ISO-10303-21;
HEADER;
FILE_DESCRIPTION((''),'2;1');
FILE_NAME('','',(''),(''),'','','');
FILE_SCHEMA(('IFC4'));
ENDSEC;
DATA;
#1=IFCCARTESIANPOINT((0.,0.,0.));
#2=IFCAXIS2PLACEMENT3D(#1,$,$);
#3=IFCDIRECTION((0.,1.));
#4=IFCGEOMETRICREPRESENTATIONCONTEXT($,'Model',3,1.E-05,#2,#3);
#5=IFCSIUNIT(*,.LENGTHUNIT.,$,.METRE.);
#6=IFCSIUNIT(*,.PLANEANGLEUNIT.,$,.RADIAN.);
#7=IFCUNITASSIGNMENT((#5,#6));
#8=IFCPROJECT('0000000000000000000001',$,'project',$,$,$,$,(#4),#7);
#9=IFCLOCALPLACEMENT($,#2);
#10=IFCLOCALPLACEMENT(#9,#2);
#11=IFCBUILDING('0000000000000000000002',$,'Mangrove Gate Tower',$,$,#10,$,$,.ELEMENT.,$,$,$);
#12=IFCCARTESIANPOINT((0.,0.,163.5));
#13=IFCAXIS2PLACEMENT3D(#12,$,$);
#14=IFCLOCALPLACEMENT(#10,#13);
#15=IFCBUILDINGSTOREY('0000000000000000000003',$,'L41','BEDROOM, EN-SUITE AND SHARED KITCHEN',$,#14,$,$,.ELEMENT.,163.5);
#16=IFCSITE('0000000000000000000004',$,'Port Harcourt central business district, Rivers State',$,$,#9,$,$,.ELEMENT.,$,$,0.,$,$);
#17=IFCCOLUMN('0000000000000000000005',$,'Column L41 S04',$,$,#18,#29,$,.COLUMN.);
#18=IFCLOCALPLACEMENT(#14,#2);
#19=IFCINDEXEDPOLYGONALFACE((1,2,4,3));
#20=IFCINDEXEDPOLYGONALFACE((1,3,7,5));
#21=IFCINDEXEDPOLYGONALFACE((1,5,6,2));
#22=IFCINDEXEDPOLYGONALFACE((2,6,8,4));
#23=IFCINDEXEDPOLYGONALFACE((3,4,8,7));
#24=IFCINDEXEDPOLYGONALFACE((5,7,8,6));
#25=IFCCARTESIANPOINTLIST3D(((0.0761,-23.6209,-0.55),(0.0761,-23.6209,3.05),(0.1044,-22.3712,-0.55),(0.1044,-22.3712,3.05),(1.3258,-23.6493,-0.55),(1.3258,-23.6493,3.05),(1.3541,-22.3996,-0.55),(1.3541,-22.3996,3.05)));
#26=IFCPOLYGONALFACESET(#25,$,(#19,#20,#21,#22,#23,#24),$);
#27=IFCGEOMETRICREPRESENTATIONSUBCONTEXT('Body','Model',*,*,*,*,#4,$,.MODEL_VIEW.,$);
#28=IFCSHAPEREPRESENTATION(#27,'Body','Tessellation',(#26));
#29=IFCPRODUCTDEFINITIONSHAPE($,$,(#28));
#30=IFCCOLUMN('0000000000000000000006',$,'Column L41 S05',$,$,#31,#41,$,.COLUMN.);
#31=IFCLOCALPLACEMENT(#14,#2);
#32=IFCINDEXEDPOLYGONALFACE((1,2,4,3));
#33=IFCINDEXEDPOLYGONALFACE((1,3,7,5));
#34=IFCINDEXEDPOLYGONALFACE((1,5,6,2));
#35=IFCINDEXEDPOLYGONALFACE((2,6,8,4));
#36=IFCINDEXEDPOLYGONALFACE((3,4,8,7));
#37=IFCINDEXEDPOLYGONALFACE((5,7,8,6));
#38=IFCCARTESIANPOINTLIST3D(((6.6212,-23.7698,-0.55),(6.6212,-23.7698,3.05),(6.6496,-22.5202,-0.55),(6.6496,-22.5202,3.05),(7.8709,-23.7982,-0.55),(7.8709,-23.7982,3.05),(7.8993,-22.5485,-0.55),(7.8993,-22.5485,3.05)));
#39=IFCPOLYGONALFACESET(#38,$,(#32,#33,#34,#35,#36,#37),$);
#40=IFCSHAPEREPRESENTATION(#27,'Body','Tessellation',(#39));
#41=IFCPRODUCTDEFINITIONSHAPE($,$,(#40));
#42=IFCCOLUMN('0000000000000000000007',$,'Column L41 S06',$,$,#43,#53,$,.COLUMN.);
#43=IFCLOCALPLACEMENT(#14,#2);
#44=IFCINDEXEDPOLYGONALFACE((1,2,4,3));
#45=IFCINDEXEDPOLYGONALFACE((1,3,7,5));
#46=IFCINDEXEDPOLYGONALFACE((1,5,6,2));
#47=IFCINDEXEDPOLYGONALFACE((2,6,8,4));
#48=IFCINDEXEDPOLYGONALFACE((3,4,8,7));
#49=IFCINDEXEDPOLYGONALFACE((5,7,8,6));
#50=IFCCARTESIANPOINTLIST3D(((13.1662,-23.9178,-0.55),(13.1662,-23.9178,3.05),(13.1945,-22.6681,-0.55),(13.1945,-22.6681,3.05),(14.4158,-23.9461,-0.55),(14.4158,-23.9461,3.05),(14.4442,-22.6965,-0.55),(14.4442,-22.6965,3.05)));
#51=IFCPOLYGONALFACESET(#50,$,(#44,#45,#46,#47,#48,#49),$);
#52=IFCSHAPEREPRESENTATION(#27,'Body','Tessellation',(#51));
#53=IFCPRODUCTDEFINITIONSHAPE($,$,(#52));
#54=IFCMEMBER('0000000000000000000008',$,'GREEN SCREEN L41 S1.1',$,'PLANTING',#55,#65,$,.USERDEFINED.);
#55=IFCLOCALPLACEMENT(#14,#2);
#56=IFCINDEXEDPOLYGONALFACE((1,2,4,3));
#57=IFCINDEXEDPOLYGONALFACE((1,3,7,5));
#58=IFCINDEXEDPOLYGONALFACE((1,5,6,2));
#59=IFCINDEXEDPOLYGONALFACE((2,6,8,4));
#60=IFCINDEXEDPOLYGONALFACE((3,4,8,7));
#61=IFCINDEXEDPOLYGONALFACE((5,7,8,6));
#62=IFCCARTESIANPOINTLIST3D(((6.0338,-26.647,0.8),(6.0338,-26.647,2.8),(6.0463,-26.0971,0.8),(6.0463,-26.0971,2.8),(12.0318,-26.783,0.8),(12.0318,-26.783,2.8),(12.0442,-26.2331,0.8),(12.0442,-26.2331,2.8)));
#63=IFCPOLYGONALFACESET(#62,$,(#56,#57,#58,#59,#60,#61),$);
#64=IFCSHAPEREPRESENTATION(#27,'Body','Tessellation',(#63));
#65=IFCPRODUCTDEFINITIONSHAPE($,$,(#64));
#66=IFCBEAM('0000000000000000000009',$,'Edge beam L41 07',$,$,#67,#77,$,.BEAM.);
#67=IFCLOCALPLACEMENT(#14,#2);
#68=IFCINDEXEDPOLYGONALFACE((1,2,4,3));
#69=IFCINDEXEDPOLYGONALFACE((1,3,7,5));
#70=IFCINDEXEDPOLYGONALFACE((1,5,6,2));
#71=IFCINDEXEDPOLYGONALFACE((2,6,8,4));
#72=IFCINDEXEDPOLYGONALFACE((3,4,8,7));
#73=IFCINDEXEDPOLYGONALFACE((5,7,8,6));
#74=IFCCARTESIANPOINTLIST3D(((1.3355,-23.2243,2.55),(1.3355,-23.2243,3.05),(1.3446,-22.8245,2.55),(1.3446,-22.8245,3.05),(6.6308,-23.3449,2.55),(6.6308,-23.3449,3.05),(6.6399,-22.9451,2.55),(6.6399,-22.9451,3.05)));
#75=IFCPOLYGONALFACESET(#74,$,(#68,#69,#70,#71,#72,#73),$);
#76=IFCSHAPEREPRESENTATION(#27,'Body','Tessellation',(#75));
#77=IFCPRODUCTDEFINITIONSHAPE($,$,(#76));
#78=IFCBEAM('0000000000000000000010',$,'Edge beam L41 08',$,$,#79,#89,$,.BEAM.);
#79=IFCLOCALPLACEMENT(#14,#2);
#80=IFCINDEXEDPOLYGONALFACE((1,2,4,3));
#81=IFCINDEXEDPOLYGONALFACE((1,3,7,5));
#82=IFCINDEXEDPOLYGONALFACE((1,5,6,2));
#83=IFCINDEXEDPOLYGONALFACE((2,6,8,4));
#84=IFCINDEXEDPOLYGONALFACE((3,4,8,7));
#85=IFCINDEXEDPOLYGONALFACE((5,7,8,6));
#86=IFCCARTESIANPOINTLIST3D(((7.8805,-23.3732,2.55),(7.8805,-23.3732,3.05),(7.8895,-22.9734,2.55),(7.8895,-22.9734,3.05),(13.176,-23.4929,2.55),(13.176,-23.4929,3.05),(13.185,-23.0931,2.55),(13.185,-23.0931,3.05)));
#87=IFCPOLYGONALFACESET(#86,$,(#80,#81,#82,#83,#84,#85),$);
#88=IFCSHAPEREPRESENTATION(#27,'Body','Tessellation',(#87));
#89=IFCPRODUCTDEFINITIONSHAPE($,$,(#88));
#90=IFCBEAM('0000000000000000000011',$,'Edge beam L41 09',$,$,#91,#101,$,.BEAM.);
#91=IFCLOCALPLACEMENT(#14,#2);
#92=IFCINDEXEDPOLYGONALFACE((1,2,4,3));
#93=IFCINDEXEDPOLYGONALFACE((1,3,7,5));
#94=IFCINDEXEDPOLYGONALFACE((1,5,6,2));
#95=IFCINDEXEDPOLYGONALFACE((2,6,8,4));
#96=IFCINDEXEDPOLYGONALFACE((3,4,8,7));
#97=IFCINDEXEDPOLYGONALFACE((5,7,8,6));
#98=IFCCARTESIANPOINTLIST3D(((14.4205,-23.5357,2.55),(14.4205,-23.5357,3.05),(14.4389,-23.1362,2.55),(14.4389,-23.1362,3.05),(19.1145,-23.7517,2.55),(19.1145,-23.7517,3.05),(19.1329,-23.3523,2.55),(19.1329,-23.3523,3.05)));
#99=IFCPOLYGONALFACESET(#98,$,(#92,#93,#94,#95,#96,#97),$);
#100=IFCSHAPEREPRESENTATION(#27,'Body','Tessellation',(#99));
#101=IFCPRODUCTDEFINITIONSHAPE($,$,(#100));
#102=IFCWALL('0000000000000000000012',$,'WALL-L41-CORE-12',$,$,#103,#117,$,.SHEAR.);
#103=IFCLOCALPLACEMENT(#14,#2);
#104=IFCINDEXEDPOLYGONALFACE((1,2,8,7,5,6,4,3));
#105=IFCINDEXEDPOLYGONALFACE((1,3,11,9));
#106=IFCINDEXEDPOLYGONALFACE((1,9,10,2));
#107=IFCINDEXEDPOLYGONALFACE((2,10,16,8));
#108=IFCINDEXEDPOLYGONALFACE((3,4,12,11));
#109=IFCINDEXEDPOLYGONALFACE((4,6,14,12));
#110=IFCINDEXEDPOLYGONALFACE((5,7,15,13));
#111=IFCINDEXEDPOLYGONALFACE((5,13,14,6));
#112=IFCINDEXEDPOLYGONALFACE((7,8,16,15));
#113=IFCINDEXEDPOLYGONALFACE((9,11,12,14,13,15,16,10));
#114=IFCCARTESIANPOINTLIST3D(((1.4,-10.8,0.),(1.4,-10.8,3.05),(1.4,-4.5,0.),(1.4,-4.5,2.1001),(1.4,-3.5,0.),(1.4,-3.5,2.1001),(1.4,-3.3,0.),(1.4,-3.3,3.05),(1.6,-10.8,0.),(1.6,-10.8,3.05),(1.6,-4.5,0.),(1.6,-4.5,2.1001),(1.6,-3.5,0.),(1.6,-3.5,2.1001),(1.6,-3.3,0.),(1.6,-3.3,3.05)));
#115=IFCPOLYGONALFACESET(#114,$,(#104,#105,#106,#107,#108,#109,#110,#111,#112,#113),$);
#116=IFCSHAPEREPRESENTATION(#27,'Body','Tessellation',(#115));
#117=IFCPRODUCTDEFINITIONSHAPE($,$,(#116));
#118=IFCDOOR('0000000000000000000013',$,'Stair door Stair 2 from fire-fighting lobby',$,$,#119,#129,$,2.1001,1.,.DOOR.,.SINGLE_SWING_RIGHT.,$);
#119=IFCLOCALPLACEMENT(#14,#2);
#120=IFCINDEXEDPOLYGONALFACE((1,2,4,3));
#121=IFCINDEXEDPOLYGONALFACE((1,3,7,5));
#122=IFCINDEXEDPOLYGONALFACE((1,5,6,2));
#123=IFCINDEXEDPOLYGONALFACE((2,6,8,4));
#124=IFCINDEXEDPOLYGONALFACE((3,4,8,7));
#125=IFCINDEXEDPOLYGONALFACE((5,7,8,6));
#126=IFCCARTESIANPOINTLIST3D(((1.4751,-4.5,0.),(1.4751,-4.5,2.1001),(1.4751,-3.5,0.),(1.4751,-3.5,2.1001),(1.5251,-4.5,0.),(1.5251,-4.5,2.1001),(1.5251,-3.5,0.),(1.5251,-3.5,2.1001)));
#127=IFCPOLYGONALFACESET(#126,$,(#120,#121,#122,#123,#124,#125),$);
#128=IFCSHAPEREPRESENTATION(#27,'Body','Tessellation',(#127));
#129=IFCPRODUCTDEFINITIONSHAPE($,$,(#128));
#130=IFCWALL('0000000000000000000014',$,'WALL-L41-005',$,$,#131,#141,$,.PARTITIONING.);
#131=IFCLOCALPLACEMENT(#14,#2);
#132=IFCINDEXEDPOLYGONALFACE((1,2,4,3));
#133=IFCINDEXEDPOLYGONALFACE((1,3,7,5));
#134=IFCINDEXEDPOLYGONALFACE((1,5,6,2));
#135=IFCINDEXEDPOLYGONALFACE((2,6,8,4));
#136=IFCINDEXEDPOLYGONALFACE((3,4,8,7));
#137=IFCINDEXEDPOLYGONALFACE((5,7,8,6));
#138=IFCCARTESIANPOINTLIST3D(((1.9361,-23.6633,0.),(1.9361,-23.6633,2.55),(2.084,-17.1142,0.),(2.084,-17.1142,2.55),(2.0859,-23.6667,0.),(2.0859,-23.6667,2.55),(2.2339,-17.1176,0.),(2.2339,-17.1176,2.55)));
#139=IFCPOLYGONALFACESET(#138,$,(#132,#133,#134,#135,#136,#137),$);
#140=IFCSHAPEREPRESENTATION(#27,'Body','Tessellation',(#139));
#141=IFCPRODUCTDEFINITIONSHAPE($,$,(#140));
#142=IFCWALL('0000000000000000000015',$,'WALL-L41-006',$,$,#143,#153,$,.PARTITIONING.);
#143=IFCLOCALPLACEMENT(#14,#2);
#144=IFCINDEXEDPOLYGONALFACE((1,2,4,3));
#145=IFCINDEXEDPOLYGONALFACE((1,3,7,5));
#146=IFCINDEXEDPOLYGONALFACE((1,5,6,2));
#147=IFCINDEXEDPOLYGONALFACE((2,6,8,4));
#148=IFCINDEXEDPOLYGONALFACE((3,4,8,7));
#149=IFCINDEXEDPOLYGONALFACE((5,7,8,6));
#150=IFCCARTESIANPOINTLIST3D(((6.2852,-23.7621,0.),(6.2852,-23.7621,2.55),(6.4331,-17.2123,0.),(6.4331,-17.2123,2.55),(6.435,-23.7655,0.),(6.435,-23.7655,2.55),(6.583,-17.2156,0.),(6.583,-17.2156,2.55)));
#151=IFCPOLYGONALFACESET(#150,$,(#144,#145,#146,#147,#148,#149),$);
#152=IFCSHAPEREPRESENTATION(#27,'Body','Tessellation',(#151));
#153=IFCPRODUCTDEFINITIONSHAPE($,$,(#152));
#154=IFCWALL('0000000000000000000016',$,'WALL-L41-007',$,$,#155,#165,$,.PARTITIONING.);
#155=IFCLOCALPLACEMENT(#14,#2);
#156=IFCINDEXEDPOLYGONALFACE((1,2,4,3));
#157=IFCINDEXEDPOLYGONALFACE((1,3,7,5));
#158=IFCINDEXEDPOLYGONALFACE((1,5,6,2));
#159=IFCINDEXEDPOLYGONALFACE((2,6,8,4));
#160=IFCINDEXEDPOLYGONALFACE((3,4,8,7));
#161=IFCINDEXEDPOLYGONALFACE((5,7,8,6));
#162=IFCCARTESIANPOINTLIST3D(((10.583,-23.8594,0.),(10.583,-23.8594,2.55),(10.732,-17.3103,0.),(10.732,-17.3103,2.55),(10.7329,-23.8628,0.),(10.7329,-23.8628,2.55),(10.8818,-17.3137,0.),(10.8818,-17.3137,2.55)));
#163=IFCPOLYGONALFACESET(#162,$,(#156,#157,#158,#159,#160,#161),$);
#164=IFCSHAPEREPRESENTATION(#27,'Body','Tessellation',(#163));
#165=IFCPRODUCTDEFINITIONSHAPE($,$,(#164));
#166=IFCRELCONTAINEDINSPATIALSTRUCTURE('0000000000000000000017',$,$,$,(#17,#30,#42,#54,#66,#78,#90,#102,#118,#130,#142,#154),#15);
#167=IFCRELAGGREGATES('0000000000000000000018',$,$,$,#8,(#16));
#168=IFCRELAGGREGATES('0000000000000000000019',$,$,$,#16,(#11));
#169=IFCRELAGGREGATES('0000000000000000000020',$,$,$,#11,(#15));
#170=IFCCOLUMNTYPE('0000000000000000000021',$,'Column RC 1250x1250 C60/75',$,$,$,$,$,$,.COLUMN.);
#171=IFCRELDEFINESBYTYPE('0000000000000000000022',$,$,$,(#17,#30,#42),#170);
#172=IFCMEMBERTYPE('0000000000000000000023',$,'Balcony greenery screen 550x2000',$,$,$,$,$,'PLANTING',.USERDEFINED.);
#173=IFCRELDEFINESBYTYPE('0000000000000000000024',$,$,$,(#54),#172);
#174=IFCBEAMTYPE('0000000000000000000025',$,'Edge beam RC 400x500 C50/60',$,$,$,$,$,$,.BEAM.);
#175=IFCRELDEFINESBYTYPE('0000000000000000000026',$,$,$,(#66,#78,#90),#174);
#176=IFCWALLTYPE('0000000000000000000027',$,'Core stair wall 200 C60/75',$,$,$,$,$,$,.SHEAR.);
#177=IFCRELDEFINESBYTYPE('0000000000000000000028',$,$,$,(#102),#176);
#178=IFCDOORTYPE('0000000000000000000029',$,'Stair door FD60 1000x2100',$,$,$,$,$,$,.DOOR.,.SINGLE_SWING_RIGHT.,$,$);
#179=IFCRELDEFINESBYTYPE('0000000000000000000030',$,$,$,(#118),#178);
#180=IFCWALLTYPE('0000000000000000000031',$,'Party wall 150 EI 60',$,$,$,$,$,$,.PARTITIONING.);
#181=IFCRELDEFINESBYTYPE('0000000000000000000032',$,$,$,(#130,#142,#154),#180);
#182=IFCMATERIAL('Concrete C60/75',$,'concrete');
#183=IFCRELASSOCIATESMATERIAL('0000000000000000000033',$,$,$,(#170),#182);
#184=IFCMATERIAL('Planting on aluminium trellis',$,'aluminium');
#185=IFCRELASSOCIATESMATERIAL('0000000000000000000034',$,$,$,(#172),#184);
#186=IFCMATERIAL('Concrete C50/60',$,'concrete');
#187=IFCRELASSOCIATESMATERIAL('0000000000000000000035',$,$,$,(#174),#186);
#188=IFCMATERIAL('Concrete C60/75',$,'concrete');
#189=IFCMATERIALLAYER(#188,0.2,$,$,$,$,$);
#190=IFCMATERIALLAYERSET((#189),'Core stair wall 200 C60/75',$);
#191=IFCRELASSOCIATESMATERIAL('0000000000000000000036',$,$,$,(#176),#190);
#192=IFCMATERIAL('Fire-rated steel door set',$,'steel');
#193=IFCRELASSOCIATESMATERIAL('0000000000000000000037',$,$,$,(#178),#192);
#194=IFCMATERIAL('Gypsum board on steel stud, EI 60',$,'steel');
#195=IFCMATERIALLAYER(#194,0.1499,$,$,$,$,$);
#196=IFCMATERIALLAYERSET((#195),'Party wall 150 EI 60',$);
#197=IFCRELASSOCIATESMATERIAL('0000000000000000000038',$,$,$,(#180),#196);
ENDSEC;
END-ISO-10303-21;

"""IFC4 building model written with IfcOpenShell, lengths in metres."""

from ifc_helpers import new_model, si_unit, direction, frame, frame_2d, origin, origin_2d, place, context, subcontext, project, spatial, rectangle, extrude, material, layer, layer_set, material_profile, profile_set, type_object, element, fill, save


model = new_model("IFC4")

# Units and contexts
model_context = context("Model", 3, precision=1e-05, world=origin(), true_north=direction((0.0, 1.0)))
body_context = subcontext(model_context, "Body", "Model", "MODEL_VIEW")
ifc_project = project(units=[si_unit("LENGTHUNIT", "METRE"), si_unit("PLANEANGLEUNIT", "RADIAN")], contexts=[model_context])

# Site, building, storey
site_placement = place(None, origin())
site = spatial("IfcSite", under=ifc_project, at=site_placement, Name="Port Harcourt central business district, Rivers State", CompositionType="ELEMENT", RefElevation=0.0)
building_placement = place(site_placement, origin())
building = spatial("IfcBuilding", under=site, at=building_placement, Name="Mangrove Gate Tower", CompositionType="ELEMENT")
storey_placement = place(building_placement, frame((0.0, 0.0, 163.5)))
storey = spatial("IfcBuildingStorey", under=building, at=storey_placement, Name="L41", Description="BEDROOM, EN-SUITE AND SHARED KITCHEN", CompositionType="ELEMENT", Elevation=163.5)

# Columns
ifc_material_1 = material(Name="Concrete C60/75", Category="concrete")
ifc_material_profile_1 = material_profile(ifc_material_1, rectangle(XDim=1.25, YDim=1.25, at=origin_2d()))
ifc_profile_set_1 = profile_set([ifc_material_profile_1], Name="Concrete C60/75")
column_type = type_object("IfcColumnType", Name="Column RC 1250x1250 C60/75", PredefinedType="COLUMN", material=ifc_profile_set_1)
for number, where, z_axis, x_axis, name in (
    (1, (0.7151, -23.0103, -0.55), (0.0, 0.0, 1.0), (0.999743, -0.022683, 0.0), "Column L41 S04"),
    (2, (7.2603, -23.1592, -0.55), (0.0, 0.0, 1.0), (0.999743, -0.022683, 0.0), "Column L41 S05"),
    (3, (13.8052, -23.3071, -0.55), (0.0, 0.0, 1.0), (0.999743, -0.022683, 0.0), "Column L41 S06"),
):
    element("IfcColumn", number, at=place(storey_placement, frame(where, z_axis=z_axis, x_axis=x_axis)), inside=storey, type_object=column_type, Name=name, PredefinedType="COLUMN", context=body_context, shape_type="SweptSolid", body=[
        extrude(rectangle(XDim=1.25, YDim=1.25, at=origin_2d()), origin(), (0.0, 0.0, 1.0), 3.6001),
    ])

# Member
ifc_material_2 = material(Name="Planting on aluminium trellis", Category="aluminium")
ifc_material_profile_2 = material_profile(ifc_material_2, rectangle(XDim=0.55, YDim=2.0, at=origin_2d()))
ifc_profile_set_2 = profile_set([ifc_material_profile_2], Name="Planting on aluminium trellis")
member_type = type_object("IfcMemberType", Name="Balcony greenery screen 550x2000", ElementType="PLANTING", PredefinedType="USERDEFINED", material=ifc_profile_set_2)
member_placement = place(storey_placement, frame((6.04, -26.3721, 1.8), z_axis=(0.999743, -0.022666, 0.0), x_axis=(0.022666, 0.999743, 0.0)))
element("IfcMember", 4, at=member_placement, inside=storey, type_object=member_type, Name="GREEN SCREEN L41 S1.1", ObjectType="PLANTING", PredefinedType="USERDEFINED", context=body_context, shape_type="SweptSolid", body=[
    extrude(rectangle(XDim=0.55, YDim=2.0, at=origin_2d()), origin(), (0.0, 0.0, 1.0), 5.9995),
])

# Beams
ifc_material_3 = material(Name="Concrete C50/60", Category="concrete")
ifc_material_profile_3 = material_profile(ifc_material_3, rectangle(XDim=0.3999, YDim=0.5, at=origin_2d()))
ifc_profile_set_3 = profile_set([ifc_material_profile_3], Name="Concrete C50/60")
beam_type = type_object("IfcBeamType", Name="Edge beam RC 400x500 C50/60", PredefinedType="BEAM", material=ifc_profile_set_3)
beam_1_placement = place(storey_placement, frame((1.3401, -23.0244, 2.8), z_axis=(0.999741, -0.022771, 0.0), x_axis=(0.022771, 0.999741, 0.0)))
element("IfcBeam", 5, at=beam_1_placement, inside=storey, type_object=beam_type, Name="Edge beam L41 07", PredefinedType="BEAM", context=body_context, shape_type="SweptSolid", body=[
    extrude(rectangle(XDim=0.3999, YDim=0.5, at=origin_2d()), origin(), (0.0, 0.0, 1.0), 5.2966),
])
beam_2_placement = place(storey_placement, frame((7.885, -23.1733, 2.8), z_axis=(0.999745, -0.022585, 0.0), x_axis=(0.022585, 0.999745, 0.0)))
element("IfcBeam", 6, at=beam_2_placement, inside=storey, type_object=beam_type, Name="Edge beam L41 08", PredefinedType="BEAM", context=body_context, shape_type="SweptSolid", body=[
    extrude(rectangle(XDim=0.3999, YDim=0.5, at=origin_2d()), origin(), (0.0, 0.0, 1.0), 5.2969),
])
beam_3_placement = place(storey_placement, frame((14.4297, -23.3359, 2.8), z_axis=(0.998942, -0.04598, 0.0), x_axis=(0.04598, 0.998942, 0.0)))
element("IfcBeam", 7, at=beam_3_placement, inside=storey, type_object=beam_type, Name="Edge beam L41 09", PredefinedType="BEAM", context=body_context, shape_type="SweptSolid", body=[
    extrude(rectangle(XDim=0.3999, YDim=0.5, at=origin_2d()), origin(), (0.0, 0.0, 1.0), 4.699),
])

# Wall, opening, door
ifc_material_4 = material(Name="Concrete C60/75", Category="concrete")
ifc_layer_1 = layer(ifc_material_4, 0.2)
ifc_layer_set_1 = layer_set([ifc_layer_1], Name="Core stair wall 200 C60/75")
wall_type_1 = type_object("IfcWallType", Name="Core stair wall 200 C60/75", PredefinedType="SHEAR", material=ifc_layer_set_1)
wall_1_placement = place(storey_placement, frame((1.5, -10.8, 0.0), z_axis=(0.0, 0.0, 1.0), x_axis=(0.0, 1.0, 0.0)))
wall_1 = element("IfcWall", 8, at=wall_1_placement, inside=storey, type_object=wall_type_1, Name="WALL-L41-CORE-12", PredefinedType="SHEAR", context=body_context, shape_type="SweptSolid", body=[
    extrude(rectangle(XDim=7.5, YDim=0.2, at=frame_2d((3.75, 0.0))), origin(), (0.0, 0.0, 1.0), 3.05),
])
opening_1_placement = place(wall_1_placement, frame((6.3, 0.0, 0.0)))
opening_1 = element("IfcOpeningElement", 9, at=opening_1_placement, cuts=wall_1, PredefinedType="OPENING", context=body_context, shape_type="SweptSolid", body=[
    extrude(rectangle(XDim=1.0, YDim=2.1001, at=frame_2d((0.5, 1.05))), frame((0.0, 0.1099, 0.0), z_axis=(0.0, -1.0, 0.0), x_axis=(1.0, 0.0, 0.0)), (0.0, 0.0, 1.0), 0.22),
])
ifc_material_5 = material(Name="Fire-rated steel door set", Category="steel")
door_type_1 = type_object("IfcDoorType", Name="Stair door FD60 1000x2100", OperationType="SINGLE_SWING_RIGHT", PredefinedType="DOOR", material=ifc_material_5)
door_1_placement = place(opening_1_placement, origin())
door_1 = element("IfcDoor", 10, at=door_1_placement, inside=storey, type_object=door_type_1, Name="Stair door Stair 2 from fire-fighting lobby", OperationType="SINGLE_SWING_RIGHT", OverallHeight=2.1001, OverallWidth=1.0, PredefinedType="DOOR", context=body_context, shape_type="SweptSolid", body=[
    extrude(rectangle(XDim=1.0, YDim=2.1001, at=frame_2d((0.5, 1.05))), frame((0.0, 0.0249, 0.0), z_axis=(0.0, -1.0, 0.0), x_axis=(1.0, 0.0, 0.0)), (0.0, 0.0, 1.0), 0.05),
])
fill(opening_1, door_1)

# Walls
ifc_material_6 = material(Name="Gypsum board on steel stud, EI 60", Category="steel")
ifc_layer_2 = layer(ifc_material_6, 0.1499)
ifc_layer_set_2 = layer_set([ifc_layer_2], Name="Party wall 150 EI 60")
wall_type_2 = type_object("IfcWallType", Name="Party wall 150 EI 60", PredefinedType="PARTITIONING", material=ifc_layer_set_2)
wall_2_placement = place(storey_placement, frame((2.011, -23.665, 0.0), z_axis=(0.0, 0.0, 1.0), x_axis=(0.022585, 0.999745, 0.0)))
element("IfcWall", 11, at=wall_2_placement, inside=storey, type_object=wall_type_2, Name="WALL-L41-005", PredefinedType="PARTITIONING", context=body_context, shape_type="SweptSolid", body=[
    extrude(rectangle(XDim=6.5508, YDim=0.1499, at=frame_2d((3.2754, 0.0))), origin(), (0.0, 0.0, 1.0), 2.55),
])
wall_3_placement = place(storey_placement, frame((6.3601, -23.7639, 0.0), z_axis=(0.0, 0.0, 1.0), x_axis=(0.022583, 0.999745, 0.0)))
element("IfcWall", 12, at=wall_3_placement, inside=storey, type_object=wall_type_2, Name="WALL-L41-006", PredefinedType="PARTITIONING", context=body_context, shape_type="SweptSolid", body=[
    extrude(rectangle(XDim=6.5515, YDim=0.1499, at=frame_2d((3.2759, 0.0))), origin(), (0.0, 0.0, 1.0), 2.55),
])
wall_4_placement = place(storey_placement, frame((10.658, -23.8611, 0.0), z_axis=(0.0, 0.0, 1.0), x_axis=(0.022734, 0.999742, 0.0)))
element("IfcWall", 13, at=wall_4_placement, inside=storey, type_object=wall_type_2, Name="WALL-L41-007", PredefinedType="PARTITIONING", context=body_context, shape_type="SweptSolid", body=[
    extrude(rectangle(XDim=6.5508, YDim=0.1499, at=frame_2d((3.2754, 0.0))), origin(), (0.0, 0.0, 1.0), 2.55),
])

save(model, "model.ifc")
